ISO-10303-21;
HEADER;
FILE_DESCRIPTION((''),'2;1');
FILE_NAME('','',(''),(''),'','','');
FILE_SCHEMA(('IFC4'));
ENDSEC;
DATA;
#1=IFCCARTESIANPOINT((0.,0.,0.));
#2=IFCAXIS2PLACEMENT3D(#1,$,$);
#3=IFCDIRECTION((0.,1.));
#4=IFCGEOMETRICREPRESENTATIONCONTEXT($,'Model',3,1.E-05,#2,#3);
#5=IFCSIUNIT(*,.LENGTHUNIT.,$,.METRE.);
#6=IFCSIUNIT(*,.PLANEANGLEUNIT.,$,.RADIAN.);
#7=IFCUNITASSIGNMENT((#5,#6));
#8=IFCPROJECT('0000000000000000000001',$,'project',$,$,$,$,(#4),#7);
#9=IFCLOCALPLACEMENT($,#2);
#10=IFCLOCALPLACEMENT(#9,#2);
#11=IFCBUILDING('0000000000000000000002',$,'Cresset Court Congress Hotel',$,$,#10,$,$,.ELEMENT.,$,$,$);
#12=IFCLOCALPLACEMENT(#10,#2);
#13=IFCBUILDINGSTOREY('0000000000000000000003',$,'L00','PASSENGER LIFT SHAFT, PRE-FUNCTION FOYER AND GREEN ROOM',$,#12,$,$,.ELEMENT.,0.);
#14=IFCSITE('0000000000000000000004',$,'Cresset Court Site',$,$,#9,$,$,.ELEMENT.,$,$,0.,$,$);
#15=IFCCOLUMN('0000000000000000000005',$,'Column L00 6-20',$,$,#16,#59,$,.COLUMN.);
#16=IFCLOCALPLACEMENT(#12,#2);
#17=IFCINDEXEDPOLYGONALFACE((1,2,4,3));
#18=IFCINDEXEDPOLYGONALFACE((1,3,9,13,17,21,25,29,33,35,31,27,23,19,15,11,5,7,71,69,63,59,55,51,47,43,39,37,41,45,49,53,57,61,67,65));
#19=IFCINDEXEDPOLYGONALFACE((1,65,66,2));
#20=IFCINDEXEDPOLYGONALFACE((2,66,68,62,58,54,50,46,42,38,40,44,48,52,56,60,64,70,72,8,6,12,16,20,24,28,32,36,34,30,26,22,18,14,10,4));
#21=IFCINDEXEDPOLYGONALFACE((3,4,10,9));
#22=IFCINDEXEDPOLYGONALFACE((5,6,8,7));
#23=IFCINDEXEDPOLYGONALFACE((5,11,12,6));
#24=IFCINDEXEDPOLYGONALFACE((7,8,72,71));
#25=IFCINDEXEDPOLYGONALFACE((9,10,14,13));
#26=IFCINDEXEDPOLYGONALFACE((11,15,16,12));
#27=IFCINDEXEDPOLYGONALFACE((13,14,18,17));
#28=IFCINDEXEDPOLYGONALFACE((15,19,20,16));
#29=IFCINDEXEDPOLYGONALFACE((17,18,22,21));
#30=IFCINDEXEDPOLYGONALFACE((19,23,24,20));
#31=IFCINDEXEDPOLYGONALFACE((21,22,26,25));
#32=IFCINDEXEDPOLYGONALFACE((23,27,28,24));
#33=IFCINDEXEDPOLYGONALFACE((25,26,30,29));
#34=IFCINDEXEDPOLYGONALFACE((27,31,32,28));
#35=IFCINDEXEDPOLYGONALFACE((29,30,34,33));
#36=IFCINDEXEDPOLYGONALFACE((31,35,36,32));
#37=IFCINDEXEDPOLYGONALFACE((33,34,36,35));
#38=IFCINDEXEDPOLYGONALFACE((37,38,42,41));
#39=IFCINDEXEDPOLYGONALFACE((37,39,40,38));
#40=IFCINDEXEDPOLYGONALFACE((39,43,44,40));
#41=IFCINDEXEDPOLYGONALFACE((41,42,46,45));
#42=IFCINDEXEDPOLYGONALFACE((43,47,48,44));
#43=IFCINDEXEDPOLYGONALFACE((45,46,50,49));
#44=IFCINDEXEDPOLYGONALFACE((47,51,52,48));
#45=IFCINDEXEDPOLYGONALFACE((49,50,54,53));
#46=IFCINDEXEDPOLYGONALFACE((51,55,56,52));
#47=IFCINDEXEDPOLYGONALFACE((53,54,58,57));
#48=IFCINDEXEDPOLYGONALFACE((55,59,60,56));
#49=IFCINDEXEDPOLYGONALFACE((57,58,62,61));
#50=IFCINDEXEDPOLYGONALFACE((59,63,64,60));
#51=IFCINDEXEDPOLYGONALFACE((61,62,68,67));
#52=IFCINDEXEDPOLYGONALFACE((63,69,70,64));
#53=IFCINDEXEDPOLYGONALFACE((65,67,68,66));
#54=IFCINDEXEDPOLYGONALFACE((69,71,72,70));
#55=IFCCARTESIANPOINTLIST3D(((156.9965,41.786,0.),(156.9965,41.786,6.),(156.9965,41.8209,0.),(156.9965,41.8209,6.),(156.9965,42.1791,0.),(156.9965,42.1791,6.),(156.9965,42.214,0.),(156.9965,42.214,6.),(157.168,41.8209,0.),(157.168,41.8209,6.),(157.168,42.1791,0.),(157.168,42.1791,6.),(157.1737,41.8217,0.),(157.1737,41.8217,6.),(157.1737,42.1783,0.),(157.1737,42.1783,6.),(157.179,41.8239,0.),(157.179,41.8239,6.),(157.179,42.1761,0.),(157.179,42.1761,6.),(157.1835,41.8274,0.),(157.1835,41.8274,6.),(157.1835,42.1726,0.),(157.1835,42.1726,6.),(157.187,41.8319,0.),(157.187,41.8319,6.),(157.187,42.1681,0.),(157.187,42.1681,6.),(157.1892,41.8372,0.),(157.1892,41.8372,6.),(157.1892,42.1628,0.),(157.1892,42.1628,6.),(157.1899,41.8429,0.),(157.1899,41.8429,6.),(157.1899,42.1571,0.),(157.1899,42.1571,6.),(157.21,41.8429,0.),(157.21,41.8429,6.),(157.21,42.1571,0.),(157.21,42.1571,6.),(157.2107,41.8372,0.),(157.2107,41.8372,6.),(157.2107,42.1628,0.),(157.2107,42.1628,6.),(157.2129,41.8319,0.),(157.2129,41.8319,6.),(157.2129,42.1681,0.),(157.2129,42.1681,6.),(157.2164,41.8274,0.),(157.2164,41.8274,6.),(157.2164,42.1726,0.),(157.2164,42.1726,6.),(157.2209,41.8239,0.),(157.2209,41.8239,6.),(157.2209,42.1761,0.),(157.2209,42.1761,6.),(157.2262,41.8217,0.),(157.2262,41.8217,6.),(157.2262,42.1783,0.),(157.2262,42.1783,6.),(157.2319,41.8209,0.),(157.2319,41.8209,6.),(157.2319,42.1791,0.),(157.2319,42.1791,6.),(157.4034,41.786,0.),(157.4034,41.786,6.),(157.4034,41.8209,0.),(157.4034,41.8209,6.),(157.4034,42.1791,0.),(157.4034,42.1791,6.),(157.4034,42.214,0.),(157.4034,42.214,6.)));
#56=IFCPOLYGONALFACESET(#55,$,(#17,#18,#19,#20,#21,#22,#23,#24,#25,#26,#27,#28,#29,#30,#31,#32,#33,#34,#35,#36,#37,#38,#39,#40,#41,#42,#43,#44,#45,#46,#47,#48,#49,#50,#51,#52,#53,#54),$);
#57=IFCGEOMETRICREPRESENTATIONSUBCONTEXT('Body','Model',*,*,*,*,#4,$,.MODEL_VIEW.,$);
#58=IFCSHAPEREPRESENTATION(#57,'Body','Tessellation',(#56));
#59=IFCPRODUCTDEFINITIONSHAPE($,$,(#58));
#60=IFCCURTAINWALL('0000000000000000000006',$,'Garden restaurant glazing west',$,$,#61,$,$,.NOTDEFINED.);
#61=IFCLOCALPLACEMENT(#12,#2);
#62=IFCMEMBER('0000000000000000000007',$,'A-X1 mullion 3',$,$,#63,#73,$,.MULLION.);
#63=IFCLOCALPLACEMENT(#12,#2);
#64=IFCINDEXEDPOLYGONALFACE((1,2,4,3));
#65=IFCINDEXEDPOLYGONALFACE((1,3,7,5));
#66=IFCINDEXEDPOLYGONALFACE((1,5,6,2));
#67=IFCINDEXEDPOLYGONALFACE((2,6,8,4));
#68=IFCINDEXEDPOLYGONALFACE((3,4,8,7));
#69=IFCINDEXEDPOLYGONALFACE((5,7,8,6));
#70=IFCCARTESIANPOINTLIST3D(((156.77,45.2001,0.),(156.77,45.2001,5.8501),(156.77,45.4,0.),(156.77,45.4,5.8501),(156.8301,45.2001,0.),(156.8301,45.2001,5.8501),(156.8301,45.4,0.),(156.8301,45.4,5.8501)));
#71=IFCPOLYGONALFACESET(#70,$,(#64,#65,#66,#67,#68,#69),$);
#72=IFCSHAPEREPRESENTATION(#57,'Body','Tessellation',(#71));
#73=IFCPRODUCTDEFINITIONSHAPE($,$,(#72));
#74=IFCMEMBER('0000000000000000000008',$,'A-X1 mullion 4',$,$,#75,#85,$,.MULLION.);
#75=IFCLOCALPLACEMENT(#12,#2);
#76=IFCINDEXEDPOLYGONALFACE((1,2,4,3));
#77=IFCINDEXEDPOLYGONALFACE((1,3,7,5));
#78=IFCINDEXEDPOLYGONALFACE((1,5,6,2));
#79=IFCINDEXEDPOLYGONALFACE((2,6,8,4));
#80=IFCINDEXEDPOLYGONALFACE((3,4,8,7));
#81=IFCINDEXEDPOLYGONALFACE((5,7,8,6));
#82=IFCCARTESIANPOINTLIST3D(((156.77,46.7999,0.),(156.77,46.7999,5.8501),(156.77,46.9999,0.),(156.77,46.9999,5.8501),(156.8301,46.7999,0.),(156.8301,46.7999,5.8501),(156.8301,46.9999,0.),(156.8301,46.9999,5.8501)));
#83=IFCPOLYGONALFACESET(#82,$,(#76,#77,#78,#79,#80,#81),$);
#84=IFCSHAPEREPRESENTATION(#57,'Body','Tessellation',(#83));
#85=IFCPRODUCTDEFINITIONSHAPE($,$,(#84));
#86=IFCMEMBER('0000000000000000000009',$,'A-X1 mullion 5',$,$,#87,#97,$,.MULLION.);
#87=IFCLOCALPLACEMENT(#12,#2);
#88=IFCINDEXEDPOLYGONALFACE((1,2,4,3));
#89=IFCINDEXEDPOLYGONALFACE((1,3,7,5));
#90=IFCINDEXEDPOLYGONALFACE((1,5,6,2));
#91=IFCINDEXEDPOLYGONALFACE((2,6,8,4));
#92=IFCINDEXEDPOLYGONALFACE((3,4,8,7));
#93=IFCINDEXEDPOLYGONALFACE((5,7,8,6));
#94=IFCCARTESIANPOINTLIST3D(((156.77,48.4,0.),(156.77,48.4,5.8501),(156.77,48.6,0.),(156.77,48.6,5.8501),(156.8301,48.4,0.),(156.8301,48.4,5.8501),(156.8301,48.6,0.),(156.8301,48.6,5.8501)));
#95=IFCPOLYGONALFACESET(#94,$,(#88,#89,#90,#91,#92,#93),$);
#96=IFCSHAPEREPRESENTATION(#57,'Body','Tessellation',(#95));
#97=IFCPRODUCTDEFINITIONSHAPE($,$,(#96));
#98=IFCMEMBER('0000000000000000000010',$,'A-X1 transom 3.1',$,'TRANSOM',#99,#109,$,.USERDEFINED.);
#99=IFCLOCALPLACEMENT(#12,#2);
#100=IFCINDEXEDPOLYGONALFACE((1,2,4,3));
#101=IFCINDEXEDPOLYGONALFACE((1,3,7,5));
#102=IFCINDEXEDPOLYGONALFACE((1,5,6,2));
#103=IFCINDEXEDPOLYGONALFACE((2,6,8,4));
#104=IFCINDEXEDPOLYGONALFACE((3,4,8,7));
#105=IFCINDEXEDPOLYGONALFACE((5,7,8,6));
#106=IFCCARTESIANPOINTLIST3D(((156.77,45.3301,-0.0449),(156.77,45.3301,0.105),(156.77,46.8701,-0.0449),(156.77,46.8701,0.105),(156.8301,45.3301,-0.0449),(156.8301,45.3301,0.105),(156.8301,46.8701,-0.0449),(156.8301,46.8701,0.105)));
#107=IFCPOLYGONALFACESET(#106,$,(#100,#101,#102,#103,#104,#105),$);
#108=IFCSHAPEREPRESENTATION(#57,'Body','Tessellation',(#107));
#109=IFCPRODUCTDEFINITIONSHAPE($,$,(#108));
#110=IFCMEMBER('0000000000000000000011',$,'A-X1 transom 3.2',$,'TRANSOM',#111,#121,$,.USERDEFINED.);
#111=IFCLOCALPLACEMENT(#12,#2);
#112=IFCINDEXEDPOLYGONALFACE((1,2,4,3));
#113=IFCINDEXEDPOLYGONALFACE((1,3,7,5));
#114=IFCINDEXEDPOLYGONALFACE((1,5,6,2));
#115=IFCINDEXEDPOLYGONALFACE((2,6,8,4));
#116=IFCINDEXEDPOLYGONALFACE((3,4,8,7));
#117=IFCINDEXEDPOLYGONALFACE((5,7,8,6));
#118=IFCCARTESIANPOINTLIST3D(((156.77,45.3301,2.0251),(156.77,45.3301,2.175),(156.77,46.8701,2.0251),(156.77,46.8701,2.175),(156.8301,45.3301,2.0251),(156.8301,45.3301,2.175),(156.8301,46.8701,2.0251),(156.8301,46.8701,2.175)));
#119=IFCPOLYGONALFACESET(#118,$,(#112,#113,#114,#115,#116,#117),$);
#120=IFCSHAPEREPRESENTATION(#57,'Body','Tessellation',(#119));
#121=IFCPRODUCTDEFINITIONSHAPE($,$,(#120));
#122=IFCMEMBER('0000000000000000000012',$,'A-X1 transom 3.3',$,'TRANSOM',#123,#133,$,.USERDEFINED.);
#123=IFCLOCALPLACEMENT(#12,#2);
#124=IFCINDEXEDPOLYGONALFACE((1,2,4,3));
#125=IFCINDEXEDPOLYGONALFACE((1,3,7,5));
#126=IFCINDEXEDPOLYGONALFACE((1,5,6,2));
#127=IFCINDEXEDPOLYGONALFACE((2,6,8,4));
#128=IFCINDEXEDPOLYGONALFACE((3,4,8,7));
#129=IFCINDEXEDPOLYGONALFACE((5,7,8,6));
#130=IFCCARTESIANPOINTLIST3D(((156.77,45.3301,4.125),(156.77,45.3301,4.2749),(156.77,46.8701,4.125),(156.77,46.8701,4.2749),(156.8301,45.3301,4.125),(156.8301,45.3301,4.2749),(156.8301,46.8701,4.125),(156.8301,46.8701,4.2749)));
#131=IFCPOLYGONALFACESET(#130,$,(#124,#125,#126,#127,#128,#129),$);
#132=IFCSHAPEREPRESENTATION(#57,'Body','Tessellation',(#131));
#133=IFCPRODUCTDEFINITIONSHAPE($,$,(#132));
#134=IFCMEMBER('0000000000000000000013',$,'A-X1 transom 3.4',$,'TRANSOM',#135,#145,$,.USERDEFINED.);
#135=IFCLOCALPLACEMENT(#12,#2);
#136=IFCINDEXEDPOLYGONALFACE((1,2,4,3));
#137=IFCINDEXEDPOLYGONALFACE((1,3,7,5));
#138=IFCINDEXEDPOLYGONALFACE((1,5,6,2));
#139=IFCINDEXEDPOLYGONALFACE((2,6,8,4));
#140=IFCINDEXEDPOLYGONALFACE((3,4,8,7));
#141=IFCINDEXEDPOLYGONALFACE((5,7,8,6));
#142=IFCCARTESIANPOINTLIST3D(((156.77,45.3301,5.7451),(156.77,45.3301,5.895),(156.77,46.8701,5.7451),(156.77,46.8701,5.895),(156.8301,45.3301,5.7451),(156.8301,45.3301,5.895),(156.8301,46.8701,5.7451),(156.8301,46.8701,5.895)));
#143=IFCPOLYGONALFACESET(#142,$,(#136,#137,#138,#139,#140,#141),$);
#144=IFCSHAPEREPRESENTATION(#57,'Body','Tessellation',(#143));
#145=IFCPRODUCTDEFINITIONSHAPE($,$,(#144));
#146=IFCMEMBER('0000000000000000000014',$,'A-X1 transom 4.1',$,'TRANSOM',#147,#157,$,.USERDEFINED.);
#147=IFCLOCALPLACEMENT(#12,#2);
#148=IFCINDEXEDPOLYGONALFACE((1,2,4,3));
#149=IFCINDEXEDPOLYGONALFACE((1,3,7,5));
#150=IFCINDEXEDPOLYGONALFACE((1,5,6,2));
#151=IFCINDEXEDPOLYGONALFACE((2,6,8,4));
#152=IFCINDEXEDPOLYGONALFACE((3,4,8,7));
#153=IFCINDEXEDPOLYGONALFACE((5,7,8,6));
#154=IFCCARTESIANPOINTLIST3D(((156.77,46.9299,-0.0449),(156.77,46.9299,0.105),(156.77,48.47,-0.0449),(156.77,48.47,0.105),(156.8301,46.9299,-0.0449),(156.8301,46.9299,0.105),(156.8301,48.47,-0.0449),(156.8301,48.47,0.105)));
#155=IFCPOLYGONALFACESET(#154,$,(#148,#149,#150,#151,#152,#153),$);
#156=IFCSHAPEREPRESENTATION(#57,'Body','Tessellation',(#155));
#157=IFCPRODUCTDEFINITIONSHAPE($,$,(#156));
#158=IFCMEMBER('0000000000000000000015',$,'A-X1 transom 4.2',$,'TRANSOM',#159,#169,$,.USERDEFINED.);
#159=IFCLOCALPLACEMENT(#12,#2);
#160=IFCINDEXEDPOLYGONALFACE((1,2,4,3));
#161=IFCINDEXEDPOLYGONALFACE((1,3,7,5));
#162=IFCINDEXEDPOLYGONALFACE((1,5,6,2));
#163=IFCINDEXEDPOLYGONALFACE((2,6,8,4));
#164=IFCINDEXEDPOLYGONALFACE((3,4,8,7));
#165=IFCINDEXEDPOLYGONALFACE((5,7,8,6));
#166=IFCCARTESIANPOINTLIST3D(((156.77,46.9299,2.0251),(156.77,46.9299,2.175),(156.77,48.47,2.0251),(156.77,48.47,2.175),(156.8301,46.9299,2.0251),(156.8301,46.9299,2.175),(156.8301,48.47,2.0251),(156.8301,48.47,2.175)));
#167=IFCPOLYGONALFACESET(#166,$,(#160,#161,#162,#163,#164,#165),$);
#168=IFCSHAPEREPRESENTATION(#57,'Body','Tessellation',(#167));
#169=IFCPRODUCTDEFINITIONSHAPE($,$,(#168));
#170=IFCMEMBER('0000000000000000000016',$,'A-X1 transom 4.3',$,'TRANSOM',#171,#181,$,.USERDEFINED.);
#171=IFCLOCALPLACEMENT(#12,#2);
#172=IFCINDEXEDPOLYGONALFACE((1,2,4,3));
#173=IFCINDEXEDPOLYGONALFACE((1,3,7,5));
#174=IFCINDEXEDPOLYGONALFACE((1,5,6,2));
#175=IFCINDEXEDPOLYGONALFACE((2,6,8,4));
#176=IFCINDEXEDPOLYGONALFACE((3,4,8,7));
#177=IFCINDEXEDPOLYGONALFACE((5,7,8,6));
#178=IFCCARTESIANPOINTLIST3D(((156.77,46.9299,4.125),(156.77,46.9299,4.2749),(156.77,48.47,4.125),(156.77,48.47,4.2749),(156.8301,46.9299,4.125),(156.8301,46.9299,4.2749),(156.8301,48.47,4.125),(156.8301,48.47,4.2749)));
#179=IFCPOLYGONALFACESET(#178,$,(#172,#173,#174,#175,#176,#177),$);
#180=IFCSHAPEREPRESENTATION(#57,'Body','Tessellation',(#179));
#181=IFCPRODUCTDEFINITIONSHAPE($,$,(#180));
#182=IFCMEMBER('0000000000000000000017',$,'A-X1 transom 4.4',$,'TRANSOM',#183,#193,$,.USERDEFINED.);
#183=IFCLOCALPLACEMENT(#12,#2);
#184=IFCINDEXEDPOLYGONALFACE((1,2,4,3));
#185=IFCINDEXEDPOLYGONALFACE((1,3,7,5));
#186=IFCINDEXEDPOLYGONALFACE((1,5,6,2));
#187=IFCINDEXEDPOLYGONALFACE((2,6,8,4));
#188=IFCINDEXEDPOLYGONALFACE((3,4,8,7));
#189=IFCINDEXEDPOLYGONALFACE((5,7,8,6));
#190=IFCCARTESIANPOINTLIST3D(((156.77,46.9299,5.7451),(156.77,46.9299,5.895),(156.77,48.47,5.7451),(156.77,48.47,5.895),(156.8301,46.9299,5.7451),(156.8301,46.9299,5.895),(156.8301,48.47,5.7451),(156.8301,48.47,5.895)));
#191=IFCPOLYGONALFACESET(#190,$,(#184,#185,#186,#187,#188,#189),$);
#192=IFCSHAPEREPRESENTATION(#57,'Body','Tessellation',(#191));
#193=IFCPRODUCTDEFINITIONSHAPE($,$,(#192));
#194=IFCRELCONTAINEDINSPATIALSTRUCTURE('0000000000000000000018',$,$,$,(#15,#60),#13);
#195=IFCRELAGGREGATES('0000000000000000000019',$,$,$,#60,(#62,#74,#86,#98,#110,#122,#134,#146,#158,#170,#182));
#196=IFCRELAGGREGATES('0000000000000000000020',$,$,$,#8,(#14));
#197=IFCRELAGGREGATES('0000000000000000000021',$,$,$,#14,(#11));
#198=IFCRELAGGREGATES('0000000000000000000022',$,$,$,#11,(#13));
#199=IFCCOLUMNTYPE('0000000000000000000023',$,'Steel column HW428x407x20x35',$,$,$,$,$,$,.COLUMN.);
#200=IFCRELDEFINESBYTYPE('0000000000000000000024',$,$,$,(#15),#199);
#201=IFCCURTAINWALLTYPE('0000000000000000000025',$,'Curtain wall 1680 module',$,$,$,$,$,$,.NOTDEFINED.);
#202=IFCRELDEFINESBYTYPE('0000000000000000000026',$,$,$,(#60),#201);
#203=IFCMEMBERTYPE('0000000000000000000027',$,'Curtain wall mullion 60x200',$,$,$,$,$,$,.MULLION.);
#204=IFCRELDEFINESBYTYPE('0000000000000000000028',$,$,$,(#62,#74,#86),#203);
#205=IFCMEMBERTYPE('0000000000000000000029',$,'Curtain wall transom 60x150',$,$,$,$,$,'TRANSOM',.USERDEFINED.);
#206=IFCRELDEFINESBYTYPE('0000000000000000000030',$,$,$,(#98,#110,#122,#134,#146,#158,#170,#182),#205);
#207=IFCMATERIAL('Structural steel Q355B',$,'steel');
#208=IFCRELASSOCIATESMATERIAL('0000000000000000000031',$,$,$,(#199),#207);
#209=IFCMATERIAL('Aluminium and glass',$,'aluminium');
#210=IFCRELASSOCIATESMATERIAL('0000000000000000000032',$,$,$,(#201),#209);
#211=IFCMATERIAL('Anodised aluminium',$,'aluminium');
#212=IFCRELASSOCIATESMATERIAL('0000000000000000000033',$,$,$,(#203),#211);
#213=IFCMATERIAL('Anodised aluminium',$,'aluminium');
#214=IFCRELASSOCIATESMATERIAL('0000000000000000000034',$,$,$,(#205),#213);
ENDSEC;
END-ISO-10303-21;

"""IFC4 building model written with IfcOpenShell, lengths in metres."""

from ifc_helpers import new_model, si_unit, direction, frame, origin, origin_2d, place, context, subcontext, project, spatial, rectangle, i_section, extrude, material, material_profile, profile_set, type_object, element, aggregate, save


model = new_model("IFC4")

# Units and contexts
model_context = context("Model", 3, precision=1e-05, world=origin(), true_north=direction((0.0, 1.0)))
body_context = subcontext(model_context, "Body", "Model", "MODEL_VIEW")
ifc_project = project(units=[si_unit("LENGTHUNIT", "METRE"), si_unit("PLANEANGLEUNIT", "RADIAN")], contexts=[model_context])

# Site, building, storey
site_placement = place(None, origin())
site = spatial("IfcSite", under=ifc_project, at=site_placement, Name="Cresset Court Site", CompositionType="ELEMENT", RefElevation=0.0)
building_placement = place(site_placement, origin())
building = spatial("IfcBuilding", under=site, at=building_placement, Name="Cresset Court Congress Hotel", CompositionType="ELEMENT")
storey_placement = place(building_placement, origin())
storey = spatial("IfcBuildingStorey", under=building, at=storey_placement, Name="L00", Description="PASSENGER LIFT SHAFT, PRE-FUNCTION FOYER AND GREEN ROOM", CompositionType="ELEMENT", Elevation=0.0)

# Column
ifc_material_1 = material(Name="Structural steel Q355B", Category="steel")
ifc_material_profile_1 = material_profile(ifc_material_1, i_section(OverallWidth=0.407, OverallDepth=0.428, WebThickness=0.02, FlangeThickness=0.0349, FilletRadius=0.022, at=origin_2d()), Name="HW428x407x20x35")
ifc_profile_set_1 = profile_set([ifc_material_profile_1], Name="Structural steel Q355B")
column_type = type_object("IfcColumnType", Name="Steel column HW428x407x20x35", PredefinedType="COLUMN", material=ifc_profile_set_1)
column_placement = place(storey_placement, frame((157.2, 42.0, 0.0), z_axis=(0.0, 0.0, 1.0), x_axis=(1.0, 0.0, 0.0)))
element("IfcColumn", 1, at=column_placement, inside=storey, type_object=column_type, Name="Column L00 6-20", PredefinedType="COLUMN", context=body_context, shape_type="SweptSolid", body=[
    extrude(i_section(OverallWidth=0.407, OverallDepth=0.428, WebThickness=0.02, FlangeThickness=0.0349, FilletRadius=0.022, at=origin_2d()), origin(), (0.0, 0.0, 1.0), 6.0),
])

# Curtain wall, members
ifc_material_2 = material(Name="Aluminium and glass", Category="aluminium")
curtain_wall_type = type_object("IfcCurtainWallType", Name="Curtain wall 1680 module", PredefinedType="NOTDEFINED", material=ifc_material_2)
curtain_wall_placement = place(storey_placement, origin())
curtain_wall = element("IfcCurtainWall", 2, at=curtain_wall_placement, inside=storey, type_object=curtain_wall_type, Name="Garden restaurant glazing west", PredefinedType="NOTDEFINED")
ifc_material_3 = material(Name="Anodised aluminium", Category="aluminium")
ifc_material_profile_2 = material_profile(ifc_material_3, rectangle(XDim=0.0601, YDim=0.2, at=origin_2d()), Name="RECT60x200")
ifc_profile_set_2 = profile_set([ifc_material_profile_2], Name="Anodised aluminium")
member_type_1 = type_object("IfcMemberType", Name="Curtain wall mullion 60x200", PredefinedType="MULLION", material=ifc_profile_set_2)
member_1_placement = place(storey_placement, frame((156.8, 45.3, 0.0), z_axis=(0.0, 0.0, 1.0), x_axis=(-1.0, 0.0, 0.0)))
member_1 = element("IfcMember", 3, at=member_1_placement, type_object=member_type_1, Name="A-X1 mullion 3", PredefinedType="MULLION", context=body_context, shape_type="SweptSolid", body=[
    extrude(rectangle(XDim=0.0601, YDim=0.2, at=origin_2d()), origin(), (0.0, 0.0, 1.0), 5.8501),
])
member_2_placement = place(storey_placement, frame((156.8, 46.8999, 0.0), z_axis=(0.0, 0.0, 1.0), x_axis=(-1.0, 0.0, 0.0)))
member_2 = element("IfcMember", 4, at=member_2_placement, type_object=member_type_1, Name="A-X1 mullion 4", PredefinedType="MULLION", context=body_context, shape_type="SweptSolid", body=[
    extrude(rectangle(XDim=0.0601, YDim=0.2, at=origin_2d()), origin(), (0.0, 0.0, 1.0), 5.8501),
])
member_3_placement = place(storey_placement, frame((156.8, 48.5, 0.0), z_axis=(0.0, 0.0, 1.0), x_axis=(-1.0, 0.0, 0.0)))
member_3 = element("IfcMember", 5, at=member_3_placement, type_object=member_type_1, Name="A-X1 mullion 5", PredefinedType="MULLION", context=body_context, shape_type="SweptSolid", body=[
    extrude(rectangle(XDim=0.0601, YDim=0.2, at=origin_2d()), origin(), (0.0, 0.0, 1.0), 5.8501),
])
ifc_material_4 = material(Name="Anodised aluminium", Category="aluminium")
ifc_material_profile_3 = material_profile(ifc_material_4, rectangle(XDim=0.0601, YDim=0.1499, at=origin_2d()), Name="RECT60x150")
ifc_profile_set_3 = profile_set([ifc_material_profile_3], Name="Anodised aluminium")
member_type_2 = type_object("IfcMemberType", Name="Curtain wall transom 60x150", ElementType="TRANSOM", PredefinedType="USERDEFINED", material=ifc_profile_set_3)
member_4_placement = place(storey_placement, frame((156.8, 45.3301, 0.03), z_axis=(0.0, 1.0, 0.0), x_axis=(-1.0, 0.0, 0.0)))
member_4 = element("IfcMember", 6, at=member_4_placement, type_object=member_type_2, Name="A-X1 transom 3.1", ObjectType="TRANSOM", PredefinedType="USERDEFINED", context=body_context, shape_type="SweptSolid", body=[
    extrude(rectangle(XDim=0.0601, YDim=0.1499, at=origin_2d()), origin(), (0.0, 0.0, 1.0), 1.54),
])
member_5_placement = place(storey_placement, frame((156.8, 45.3301, 2.1001), z_axis=(0.0, 1.0, 0.0), x_axis=(-1.0, 0.0, 0.0)))
member_5 = element("IfcMember", 7, at=member_5_placement, type_object=member_type_2, Name="A-X1 transom 3.2", ObjectType="TRANSOM", PredefinedType="USERDEFINED", context=body_context, shape_type="SweptSolid", body=[
    extrude(rectangle(XDim=0.0601, YDim=0.1499, at=origin_2d()), origin(), (0.0, 0.0, 1.0), 1.54),
])
member_6_placement = place(storey_placement, frame((156.8, 45.3301, 4.2), z_axis=(0.0, 1.0, 0.0), x_axis=(-1.0, 0.0, 0.0)))
member_6 = element("IfcMember", 8, at=member_6_placement, type_object=member_type_2, Name="A-X1 transom 3.3", ObjectType="TRANSOM", PredefinedType="USERDEFINED", context=body_context, shape_type="SweptSolid", body=[
    extrude(rectangle(XDim=0.0601, YDim=0.1499, at=origin_2d()), origin(), (0.0, 0.0, 1.0), 1.54),
])
member_7_placement = place(storey_placement, frame((156.8, 45.3301, 5.8201), z_axis=(0.0, 1.0, 0.0), x_axis=(-1.0, 0.0, 0.0)))
member_7 = element("IfcMember", 9, at=member_7_placement, type_object=member_type_2, Name="A-X1 transom 3.4", ObjectType="TRANSOM", PredefinedType="USERDEFINED", context=body_context, shape_type="SweptSolid", body=[
    extrude(rectangle(XDim=0.0601, YDim=0.1499, at=origin_2d()), origin(), (0.0, 0.0, 1.0), 1.54),
])
member_8_placement = place(storey_placement, frame((156.8, 46.9299, 0.03), z_axis=(0.0, 1.0, 0.0), x_axis=(-1.0, 0.0, 0.0)))
member_8 = element("IfcMember", 10, at=member_8_placement, type_object=member_type_2, Name="A-X1 transom 4.1", ObjectType="TRANSOM", PredefinedType="USERDEFINED", context=body_context, shape_type="SweptSolid", body=[
    extrude(rectangle(XDim=0.0601, YDim=0.1499, at=origin_2d()), origin(), (0.0, 0.0, 1.0), 1.54),
])
member_9_placement = place(storey_placement, frame((156.8, 46.9299, 2.1001), z_axis=(0.0, 1.0, 0.0), x_axis=(-1.0, 0.0, 0.0)))
member_9 = element("IfcMember", 11, at=member_9_placement, type_object=member_type_2, Name="A-X1 transom 4.2", ObjectType="TRANSOM", PredefinedType="USERDEFINED", context=body_context, shape_type="SweptSolid", body=[
    extrude(rectangle(XDim=0.0601, YDim=0.1499, at=origin_2d()), origin(), (0.0, 0.0, 1.0), 1.54),
])
member_10_placement = place(storey_placement, frame((156.8, 46.9299, 4.2), z_axis=(0.0, 1.0, 0.0), x_axis=(-1.0, 0.0, 0.0)))
member_10 = element("IfcMember", 12, at=member_10_placement, type_object=member_type_2, Name="A-X1 transom 4.3", ObjectType="TRANSOM", PredefinedType="USERDEFINED", context=body_context, shape_type="SweptSolid", body=[
    extrude(rectangle(XDim=0.0601, YDim=0.1499, at=origin_2d()), origin(), (0.0, 0.0, 1.0), 1.54),
])
member_11_placement = place(storey_placement, frame((156.8, 46.9299, 5.8201), z_axis=(0.0, 1.0, 0.0), x_axis=(-1.0, 0.0, 0.0)))
member_11 = element("IfcMember", 13, at=member_11_placement, type_object=member_type_2, Name="A-X1 transom 4.4", ObjectType="TRANSOM", PredefinedType="USERDEFINED", context=body_context, shape_type="SweptSolid", body=[
    extrude(rectangle(XDim=0.0601, YDim=0.1499, at=origin_2d()), origin(), (0.0, 0.0, 1.0), 1.54),
])
aggregate(curtain_wall, [member_1, member_2, member_3, member_4, member_5, member_6, member_7, member_8, member_9, member_10, member_11])

save(model, "model.ifc")
